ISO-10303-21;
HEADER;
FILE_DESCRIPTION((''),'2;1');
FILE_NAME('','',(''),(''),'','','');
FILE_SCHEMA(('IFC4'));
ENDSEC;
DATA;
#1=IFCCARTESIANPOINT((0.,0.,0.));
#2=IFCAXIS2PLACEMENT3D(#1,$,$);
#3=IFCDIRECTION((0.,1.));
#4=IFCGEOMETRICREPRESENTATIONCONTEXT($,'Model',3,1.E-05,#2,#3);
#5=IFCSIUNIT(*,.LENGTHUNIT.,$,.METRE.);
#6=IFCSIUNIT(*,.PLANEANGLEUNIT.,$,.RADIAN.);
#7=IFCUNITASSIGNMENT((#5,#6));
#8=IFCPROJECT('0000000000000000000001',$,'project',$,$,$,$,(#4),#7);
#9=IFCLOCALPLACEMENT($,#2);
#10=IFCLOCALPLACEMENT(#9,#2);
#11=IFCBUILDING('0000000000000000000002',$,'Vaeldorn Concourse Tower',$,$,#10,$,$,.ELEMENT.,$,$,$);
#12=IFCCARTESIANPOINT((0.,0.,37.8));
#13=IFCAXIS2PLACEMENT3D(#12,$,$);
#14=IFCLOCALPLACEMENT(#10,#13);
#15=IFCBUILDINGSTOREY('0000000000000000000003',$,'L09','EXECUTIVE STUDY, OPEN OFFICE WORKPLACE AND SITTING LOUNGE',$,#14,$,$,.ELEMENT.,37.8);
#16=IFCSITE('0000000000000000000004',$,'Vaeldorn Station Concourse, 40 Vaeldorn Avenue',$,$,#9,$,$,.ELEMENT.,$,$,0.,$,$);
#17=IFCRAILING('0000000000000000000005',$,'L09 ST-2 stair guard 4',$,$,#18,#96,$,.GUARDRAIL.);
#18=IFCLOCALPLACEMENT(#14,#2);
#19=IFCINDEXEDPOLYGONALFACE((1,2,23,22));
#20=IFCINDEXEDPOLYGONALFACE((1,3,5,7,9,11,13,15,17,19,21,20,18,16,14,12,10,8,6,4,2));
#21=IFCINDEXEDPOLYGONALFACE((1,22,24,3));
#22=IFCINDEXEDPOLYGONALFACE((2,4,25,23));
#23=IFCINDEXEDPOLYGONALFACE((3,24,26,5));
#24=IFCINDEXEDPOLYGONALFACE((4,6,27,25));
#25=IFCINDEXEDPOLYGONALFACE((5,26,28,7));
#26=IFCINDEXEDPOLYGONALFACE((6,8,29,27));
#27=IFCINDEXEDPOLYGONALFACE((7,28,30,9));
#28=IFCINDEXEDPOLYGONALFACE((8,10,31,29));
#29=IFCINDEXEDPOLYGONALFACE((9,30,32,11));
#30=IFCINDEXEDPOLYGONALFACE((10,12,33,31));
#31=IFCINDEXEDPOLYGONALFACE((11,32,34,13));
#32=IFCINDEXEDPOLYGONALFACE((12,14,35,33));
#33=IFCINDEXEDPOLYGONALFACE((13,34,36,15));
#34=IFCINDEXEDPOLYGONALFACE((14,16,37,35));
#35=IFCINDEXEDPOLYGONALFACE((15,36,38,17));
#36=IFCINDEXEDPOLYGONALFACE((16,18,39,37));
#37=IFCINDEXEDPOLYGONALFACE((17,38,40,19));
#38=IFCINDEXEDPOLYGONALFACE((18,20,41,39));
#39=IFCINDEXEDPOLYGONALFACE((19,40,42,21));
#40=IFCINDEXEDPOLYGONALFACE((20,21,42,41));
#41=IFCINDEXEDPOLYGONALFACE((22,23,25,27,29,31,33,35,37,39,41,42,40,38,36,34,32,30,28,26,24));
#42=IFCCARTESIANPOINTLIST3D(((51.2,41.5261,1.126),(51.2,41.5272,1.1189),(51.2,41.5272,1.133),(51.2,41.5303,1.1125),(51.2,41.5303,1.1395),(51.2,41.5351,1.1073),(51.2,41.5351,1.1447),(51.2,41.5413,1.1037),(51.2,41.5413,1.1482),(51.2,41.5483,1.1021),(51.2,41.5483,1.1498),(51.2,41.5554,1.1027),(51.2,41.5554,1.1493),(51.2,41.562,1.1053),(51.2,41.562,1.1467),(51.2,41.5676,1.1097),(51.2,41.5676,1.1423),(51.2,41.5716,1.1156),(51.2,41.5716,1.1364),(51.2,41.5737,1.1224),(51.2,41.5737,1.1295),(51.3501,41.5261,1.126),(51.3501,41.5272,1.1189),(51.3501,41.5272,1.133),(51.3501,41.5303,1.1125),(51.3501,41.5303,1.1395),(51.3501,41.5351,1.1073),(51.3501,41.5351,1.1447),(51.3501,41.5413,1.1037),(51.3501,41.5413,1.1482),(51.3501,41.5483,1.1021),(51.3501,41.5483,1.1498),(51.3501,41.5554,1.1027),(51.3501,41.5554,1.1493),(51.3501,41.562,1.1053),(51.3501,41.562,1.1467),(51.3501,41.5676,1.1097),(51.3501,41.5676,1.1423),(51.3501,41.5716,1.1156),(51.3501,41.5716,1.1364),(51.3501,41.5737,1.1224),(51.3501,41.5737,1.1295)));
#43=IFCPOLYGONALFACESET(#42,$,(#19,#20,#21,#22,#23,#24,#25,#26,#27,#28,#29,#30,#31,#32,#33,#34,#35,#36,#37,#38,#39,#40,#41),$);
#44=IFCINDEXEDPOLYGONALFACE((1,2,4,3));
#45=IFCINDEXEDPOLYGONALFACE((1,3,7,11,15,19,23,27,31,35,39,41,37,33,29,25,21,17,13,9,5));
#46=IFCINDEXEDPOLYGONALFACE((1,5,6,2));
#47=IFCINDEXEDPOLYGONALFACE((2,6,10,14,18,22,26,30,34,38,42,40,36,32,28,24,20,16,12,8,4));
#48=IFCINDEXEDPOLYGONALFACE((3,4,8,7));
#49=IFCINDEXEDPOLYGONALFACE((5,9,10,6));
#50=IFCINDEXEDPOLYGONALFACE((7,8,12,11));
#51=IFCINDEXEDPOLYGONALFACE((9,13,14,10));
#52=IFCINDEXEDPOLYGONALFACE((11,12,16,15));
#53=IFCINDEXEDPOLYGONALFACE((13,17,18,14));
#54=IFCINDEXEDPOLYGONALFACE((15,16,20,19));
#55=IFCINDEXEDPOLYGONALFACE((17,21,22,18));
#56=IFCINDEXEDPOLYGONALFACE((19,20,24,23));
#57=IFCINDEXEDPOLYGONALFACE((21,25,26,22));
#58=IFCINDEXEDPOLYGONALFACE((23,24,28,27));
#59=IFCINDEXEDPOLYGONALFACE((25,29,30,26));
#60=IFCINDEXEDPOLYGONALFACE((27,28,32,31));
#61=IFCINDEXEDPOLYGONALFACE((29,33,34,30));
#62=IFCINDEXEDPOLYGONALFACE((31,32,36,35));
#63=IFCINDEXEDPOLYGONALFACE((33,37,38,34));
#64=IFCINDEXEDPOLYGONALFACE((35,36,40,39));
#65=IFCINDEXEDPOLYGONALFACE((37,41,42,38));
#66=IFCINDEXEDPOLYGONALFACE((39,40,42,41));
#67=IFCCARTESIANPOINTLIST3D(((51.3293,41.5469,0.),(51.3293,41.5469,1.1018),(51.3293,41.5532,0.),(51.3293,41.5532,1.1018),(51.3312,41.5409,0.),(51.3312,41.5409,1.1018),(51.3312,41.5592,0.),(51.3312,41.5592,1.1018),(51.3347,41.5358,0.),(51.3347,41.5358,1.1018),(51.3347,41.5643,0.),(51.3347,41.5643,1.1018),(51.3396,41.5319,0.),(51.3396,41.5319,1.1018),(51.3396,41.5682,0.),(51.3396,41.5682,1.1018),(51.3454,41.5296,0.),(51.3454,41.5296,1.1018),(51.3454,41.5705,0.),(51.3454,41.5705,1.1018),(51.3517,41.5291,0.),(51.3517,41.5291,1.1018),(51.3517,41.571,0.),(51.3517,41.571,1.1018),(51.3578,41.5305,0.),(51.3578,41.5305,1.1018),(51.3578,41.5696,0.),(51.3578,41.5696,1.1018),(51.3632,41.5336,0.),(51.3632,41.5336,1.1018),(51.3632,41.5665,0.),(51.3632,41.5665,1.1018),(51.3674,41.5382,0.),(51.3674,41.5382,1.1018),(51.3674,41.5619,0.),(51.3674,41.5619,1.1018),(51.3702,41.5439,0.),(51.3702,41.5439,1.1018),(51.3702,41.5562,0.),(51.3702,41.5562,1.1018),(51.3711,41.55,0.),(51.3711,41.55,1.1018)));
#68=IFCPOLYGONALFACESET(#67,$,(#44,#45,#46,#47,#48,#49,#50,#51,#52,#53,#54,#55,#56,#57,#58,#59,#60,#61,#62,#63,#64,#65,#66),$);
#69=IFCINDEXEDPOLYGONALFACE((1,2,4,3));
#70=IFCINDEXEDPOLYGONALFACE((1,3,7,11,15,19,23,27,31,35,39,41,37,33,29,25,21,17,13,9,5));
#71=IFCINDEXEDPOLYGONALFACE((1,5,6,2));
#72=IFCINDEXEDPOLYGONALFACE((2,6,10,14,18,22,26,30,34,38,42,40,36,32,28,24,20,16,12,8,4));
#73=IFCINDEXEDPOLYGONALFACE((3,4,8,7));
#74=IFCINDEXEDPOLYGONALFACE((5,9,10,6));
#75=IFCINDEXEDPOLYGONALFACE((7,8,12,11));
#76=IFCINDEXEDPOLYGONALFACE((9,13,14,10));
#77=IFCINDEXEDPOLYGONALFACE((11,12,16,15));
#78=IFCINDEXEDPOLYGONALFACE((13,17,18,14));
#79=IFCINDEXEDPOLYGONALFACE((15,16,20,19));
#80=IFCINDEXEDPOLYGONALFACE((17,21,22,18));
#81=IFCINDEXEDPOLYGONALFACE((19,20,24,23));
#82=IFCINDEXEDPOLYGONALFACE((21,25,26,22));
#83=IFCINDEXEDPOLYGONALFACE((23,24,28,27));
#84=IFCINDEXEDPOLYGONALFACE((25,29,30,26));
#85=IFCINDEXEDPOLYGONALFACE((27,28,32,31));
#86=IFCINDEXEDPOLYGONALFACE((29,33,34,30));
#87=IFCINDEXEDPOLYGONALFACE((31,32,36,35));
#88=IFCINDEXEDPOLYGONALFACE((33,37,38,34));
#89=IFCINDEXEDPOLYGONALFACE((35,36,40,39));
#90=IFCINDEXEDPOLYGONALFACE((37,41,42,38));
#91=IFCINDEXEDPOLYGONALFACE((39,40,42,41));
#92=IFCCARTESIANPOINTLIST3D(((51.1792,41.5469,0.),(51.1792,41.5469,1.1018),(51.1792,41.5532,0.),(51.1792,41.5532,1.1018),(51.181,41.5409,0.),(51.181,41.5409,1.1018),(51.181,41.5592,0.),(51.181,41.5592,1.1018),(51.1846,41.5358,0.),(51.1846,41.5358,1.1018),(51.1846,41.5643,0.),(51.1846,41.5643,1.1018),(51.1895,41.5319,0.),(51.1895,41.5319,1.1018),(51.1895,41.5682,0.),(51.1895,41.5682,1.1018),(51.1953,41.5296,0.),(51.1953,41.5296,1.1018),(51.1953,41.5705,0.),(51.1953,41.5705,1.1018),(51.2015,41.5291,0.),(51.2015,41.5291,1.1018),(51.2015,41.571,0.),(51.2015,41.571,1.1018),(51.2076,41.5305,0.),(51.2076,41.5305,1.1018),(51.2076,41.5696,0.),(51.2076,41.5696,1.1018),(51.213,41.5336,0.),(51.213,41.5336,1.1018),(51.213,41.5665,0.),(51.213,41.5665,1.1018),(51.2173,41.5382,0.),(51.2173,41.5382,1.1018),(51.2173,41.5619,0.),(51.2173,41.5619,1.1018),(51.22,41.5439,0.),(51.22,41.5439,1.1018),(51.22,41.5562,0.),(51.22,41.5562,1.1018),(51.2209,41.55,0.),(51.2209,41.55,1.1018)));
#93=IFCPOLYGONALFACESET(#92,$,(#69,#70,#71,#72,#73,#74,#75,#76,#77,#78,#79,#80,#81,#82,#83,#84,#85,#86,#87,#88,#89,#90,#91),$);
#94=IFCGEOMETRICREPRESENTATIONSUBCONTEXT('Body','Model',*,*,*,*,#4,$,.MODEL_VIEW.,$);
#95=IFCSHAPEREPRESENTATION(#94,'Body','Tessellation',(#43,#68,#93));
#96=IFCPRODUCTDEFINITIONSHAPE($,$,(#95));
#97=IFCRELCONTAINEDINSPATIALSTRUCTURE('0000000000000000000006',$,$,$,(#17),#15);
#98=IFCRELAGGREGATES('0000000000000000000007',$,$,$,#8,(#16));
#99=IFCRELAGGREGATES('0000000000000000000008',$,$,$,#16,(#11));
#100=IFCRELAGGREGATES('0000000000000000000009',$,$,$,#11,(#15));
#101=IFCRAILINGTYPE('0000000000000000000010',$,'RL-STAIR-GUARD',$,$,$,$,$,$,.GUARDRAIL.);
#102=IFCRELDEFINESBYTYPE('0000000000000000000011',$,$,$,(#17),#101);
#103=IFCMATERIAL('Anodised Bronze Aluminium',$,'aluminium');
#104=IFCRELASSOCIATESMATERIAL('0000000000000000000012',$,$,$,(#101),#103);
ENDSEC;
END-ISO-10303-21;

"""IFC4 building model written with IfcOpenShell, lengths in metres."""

from ifc_helpers import new_model, si_unit, direction, frame, origin, origin_2d, place, context, subcontext, project, spatial, circle, extrude, material, type_object, element, save


model = new_model("IFC4")

# Units and contexts
model_context = context("Model", 3, precision=1e-05, world=origin(), true_north=direction((0.0, 1.0)))
body_context = subcontext(model_context, "Body", "Model", "MODEL_VIEW")
ifc_project = project(units=[si_unit("LENGTHUNIT", "METRE"), si_unit("PLANEANGLEUNIT", "RADIAN")], contexts=[model_context])

# Site, building, storey
site_placement = place(None, origin())
site = spatial("IfcSite", under=ifc_project, at=site_placement, Name="Vaeldorn Station Concourse, 40 Vaeldorn Avenue", CompositionType="ELEMENT", RefElevation=0.0)
building_placement = place(site_placement, origin())
building = spatial("IfcBuilding", under=site, at=building_placement, Name="Vaeldorn Concourse Tower", CompositionType="ELEMENT")
storey_placement = place(building_placement, frame((0.0, 0.0, 37.8)))
storey = spatial("IfcBuildingStorey", under=building, at=storey_placement, Name="L09", Description="EXECUTIVE STUDY, OPEN OFFICE WORKPLACE AND SITTING LOUNGE", CompositionType="ELEMENT", Elevation=37.8)

# Shared definitions
ifc_material_1 = material(Name="Anodised Bronze Aluminium", Category="aluminium")

# Railing
railing_type_1 = type_object("IfcRailingType", Name="RL-STAIR-GUARD", PredefinedType="GUARDRAIL", material=ifc_material_1)
railing_1_placement = place(storey_placement, frame((51.3501, 41.55, 0.0)))
element("IfcRailing", 1, at=railing_1_placement, inside=storey, type_object=railing_type_1, Name="L09 ST-2 stair guard 4", PredefinedType="GUARDRAIL", context=body_context, shape_type="SweptSolid", body=[
    extrude(circle(Radius=0.0239, at=origin_2d()), frame((0.0, 0.0, 1.126), z_axis=(-1.0, 0.0, 0.0), x_axis=(0.0, -1.0, 0.0)), (0.0, 0.0, 1.0), 0.1501),
    extrude(circle(Radius=0.021, at=origin_2d()), origin(), (0.0, 0.0, 1.0), 1.1018),
    extrude(circle(Radius=0.021, at=origin_2d()), frame((-0.1501, 0.0, 0.0)), (0.0, 0.0, 1.0), 1.1018),
])

save(model, "model.ifc")
